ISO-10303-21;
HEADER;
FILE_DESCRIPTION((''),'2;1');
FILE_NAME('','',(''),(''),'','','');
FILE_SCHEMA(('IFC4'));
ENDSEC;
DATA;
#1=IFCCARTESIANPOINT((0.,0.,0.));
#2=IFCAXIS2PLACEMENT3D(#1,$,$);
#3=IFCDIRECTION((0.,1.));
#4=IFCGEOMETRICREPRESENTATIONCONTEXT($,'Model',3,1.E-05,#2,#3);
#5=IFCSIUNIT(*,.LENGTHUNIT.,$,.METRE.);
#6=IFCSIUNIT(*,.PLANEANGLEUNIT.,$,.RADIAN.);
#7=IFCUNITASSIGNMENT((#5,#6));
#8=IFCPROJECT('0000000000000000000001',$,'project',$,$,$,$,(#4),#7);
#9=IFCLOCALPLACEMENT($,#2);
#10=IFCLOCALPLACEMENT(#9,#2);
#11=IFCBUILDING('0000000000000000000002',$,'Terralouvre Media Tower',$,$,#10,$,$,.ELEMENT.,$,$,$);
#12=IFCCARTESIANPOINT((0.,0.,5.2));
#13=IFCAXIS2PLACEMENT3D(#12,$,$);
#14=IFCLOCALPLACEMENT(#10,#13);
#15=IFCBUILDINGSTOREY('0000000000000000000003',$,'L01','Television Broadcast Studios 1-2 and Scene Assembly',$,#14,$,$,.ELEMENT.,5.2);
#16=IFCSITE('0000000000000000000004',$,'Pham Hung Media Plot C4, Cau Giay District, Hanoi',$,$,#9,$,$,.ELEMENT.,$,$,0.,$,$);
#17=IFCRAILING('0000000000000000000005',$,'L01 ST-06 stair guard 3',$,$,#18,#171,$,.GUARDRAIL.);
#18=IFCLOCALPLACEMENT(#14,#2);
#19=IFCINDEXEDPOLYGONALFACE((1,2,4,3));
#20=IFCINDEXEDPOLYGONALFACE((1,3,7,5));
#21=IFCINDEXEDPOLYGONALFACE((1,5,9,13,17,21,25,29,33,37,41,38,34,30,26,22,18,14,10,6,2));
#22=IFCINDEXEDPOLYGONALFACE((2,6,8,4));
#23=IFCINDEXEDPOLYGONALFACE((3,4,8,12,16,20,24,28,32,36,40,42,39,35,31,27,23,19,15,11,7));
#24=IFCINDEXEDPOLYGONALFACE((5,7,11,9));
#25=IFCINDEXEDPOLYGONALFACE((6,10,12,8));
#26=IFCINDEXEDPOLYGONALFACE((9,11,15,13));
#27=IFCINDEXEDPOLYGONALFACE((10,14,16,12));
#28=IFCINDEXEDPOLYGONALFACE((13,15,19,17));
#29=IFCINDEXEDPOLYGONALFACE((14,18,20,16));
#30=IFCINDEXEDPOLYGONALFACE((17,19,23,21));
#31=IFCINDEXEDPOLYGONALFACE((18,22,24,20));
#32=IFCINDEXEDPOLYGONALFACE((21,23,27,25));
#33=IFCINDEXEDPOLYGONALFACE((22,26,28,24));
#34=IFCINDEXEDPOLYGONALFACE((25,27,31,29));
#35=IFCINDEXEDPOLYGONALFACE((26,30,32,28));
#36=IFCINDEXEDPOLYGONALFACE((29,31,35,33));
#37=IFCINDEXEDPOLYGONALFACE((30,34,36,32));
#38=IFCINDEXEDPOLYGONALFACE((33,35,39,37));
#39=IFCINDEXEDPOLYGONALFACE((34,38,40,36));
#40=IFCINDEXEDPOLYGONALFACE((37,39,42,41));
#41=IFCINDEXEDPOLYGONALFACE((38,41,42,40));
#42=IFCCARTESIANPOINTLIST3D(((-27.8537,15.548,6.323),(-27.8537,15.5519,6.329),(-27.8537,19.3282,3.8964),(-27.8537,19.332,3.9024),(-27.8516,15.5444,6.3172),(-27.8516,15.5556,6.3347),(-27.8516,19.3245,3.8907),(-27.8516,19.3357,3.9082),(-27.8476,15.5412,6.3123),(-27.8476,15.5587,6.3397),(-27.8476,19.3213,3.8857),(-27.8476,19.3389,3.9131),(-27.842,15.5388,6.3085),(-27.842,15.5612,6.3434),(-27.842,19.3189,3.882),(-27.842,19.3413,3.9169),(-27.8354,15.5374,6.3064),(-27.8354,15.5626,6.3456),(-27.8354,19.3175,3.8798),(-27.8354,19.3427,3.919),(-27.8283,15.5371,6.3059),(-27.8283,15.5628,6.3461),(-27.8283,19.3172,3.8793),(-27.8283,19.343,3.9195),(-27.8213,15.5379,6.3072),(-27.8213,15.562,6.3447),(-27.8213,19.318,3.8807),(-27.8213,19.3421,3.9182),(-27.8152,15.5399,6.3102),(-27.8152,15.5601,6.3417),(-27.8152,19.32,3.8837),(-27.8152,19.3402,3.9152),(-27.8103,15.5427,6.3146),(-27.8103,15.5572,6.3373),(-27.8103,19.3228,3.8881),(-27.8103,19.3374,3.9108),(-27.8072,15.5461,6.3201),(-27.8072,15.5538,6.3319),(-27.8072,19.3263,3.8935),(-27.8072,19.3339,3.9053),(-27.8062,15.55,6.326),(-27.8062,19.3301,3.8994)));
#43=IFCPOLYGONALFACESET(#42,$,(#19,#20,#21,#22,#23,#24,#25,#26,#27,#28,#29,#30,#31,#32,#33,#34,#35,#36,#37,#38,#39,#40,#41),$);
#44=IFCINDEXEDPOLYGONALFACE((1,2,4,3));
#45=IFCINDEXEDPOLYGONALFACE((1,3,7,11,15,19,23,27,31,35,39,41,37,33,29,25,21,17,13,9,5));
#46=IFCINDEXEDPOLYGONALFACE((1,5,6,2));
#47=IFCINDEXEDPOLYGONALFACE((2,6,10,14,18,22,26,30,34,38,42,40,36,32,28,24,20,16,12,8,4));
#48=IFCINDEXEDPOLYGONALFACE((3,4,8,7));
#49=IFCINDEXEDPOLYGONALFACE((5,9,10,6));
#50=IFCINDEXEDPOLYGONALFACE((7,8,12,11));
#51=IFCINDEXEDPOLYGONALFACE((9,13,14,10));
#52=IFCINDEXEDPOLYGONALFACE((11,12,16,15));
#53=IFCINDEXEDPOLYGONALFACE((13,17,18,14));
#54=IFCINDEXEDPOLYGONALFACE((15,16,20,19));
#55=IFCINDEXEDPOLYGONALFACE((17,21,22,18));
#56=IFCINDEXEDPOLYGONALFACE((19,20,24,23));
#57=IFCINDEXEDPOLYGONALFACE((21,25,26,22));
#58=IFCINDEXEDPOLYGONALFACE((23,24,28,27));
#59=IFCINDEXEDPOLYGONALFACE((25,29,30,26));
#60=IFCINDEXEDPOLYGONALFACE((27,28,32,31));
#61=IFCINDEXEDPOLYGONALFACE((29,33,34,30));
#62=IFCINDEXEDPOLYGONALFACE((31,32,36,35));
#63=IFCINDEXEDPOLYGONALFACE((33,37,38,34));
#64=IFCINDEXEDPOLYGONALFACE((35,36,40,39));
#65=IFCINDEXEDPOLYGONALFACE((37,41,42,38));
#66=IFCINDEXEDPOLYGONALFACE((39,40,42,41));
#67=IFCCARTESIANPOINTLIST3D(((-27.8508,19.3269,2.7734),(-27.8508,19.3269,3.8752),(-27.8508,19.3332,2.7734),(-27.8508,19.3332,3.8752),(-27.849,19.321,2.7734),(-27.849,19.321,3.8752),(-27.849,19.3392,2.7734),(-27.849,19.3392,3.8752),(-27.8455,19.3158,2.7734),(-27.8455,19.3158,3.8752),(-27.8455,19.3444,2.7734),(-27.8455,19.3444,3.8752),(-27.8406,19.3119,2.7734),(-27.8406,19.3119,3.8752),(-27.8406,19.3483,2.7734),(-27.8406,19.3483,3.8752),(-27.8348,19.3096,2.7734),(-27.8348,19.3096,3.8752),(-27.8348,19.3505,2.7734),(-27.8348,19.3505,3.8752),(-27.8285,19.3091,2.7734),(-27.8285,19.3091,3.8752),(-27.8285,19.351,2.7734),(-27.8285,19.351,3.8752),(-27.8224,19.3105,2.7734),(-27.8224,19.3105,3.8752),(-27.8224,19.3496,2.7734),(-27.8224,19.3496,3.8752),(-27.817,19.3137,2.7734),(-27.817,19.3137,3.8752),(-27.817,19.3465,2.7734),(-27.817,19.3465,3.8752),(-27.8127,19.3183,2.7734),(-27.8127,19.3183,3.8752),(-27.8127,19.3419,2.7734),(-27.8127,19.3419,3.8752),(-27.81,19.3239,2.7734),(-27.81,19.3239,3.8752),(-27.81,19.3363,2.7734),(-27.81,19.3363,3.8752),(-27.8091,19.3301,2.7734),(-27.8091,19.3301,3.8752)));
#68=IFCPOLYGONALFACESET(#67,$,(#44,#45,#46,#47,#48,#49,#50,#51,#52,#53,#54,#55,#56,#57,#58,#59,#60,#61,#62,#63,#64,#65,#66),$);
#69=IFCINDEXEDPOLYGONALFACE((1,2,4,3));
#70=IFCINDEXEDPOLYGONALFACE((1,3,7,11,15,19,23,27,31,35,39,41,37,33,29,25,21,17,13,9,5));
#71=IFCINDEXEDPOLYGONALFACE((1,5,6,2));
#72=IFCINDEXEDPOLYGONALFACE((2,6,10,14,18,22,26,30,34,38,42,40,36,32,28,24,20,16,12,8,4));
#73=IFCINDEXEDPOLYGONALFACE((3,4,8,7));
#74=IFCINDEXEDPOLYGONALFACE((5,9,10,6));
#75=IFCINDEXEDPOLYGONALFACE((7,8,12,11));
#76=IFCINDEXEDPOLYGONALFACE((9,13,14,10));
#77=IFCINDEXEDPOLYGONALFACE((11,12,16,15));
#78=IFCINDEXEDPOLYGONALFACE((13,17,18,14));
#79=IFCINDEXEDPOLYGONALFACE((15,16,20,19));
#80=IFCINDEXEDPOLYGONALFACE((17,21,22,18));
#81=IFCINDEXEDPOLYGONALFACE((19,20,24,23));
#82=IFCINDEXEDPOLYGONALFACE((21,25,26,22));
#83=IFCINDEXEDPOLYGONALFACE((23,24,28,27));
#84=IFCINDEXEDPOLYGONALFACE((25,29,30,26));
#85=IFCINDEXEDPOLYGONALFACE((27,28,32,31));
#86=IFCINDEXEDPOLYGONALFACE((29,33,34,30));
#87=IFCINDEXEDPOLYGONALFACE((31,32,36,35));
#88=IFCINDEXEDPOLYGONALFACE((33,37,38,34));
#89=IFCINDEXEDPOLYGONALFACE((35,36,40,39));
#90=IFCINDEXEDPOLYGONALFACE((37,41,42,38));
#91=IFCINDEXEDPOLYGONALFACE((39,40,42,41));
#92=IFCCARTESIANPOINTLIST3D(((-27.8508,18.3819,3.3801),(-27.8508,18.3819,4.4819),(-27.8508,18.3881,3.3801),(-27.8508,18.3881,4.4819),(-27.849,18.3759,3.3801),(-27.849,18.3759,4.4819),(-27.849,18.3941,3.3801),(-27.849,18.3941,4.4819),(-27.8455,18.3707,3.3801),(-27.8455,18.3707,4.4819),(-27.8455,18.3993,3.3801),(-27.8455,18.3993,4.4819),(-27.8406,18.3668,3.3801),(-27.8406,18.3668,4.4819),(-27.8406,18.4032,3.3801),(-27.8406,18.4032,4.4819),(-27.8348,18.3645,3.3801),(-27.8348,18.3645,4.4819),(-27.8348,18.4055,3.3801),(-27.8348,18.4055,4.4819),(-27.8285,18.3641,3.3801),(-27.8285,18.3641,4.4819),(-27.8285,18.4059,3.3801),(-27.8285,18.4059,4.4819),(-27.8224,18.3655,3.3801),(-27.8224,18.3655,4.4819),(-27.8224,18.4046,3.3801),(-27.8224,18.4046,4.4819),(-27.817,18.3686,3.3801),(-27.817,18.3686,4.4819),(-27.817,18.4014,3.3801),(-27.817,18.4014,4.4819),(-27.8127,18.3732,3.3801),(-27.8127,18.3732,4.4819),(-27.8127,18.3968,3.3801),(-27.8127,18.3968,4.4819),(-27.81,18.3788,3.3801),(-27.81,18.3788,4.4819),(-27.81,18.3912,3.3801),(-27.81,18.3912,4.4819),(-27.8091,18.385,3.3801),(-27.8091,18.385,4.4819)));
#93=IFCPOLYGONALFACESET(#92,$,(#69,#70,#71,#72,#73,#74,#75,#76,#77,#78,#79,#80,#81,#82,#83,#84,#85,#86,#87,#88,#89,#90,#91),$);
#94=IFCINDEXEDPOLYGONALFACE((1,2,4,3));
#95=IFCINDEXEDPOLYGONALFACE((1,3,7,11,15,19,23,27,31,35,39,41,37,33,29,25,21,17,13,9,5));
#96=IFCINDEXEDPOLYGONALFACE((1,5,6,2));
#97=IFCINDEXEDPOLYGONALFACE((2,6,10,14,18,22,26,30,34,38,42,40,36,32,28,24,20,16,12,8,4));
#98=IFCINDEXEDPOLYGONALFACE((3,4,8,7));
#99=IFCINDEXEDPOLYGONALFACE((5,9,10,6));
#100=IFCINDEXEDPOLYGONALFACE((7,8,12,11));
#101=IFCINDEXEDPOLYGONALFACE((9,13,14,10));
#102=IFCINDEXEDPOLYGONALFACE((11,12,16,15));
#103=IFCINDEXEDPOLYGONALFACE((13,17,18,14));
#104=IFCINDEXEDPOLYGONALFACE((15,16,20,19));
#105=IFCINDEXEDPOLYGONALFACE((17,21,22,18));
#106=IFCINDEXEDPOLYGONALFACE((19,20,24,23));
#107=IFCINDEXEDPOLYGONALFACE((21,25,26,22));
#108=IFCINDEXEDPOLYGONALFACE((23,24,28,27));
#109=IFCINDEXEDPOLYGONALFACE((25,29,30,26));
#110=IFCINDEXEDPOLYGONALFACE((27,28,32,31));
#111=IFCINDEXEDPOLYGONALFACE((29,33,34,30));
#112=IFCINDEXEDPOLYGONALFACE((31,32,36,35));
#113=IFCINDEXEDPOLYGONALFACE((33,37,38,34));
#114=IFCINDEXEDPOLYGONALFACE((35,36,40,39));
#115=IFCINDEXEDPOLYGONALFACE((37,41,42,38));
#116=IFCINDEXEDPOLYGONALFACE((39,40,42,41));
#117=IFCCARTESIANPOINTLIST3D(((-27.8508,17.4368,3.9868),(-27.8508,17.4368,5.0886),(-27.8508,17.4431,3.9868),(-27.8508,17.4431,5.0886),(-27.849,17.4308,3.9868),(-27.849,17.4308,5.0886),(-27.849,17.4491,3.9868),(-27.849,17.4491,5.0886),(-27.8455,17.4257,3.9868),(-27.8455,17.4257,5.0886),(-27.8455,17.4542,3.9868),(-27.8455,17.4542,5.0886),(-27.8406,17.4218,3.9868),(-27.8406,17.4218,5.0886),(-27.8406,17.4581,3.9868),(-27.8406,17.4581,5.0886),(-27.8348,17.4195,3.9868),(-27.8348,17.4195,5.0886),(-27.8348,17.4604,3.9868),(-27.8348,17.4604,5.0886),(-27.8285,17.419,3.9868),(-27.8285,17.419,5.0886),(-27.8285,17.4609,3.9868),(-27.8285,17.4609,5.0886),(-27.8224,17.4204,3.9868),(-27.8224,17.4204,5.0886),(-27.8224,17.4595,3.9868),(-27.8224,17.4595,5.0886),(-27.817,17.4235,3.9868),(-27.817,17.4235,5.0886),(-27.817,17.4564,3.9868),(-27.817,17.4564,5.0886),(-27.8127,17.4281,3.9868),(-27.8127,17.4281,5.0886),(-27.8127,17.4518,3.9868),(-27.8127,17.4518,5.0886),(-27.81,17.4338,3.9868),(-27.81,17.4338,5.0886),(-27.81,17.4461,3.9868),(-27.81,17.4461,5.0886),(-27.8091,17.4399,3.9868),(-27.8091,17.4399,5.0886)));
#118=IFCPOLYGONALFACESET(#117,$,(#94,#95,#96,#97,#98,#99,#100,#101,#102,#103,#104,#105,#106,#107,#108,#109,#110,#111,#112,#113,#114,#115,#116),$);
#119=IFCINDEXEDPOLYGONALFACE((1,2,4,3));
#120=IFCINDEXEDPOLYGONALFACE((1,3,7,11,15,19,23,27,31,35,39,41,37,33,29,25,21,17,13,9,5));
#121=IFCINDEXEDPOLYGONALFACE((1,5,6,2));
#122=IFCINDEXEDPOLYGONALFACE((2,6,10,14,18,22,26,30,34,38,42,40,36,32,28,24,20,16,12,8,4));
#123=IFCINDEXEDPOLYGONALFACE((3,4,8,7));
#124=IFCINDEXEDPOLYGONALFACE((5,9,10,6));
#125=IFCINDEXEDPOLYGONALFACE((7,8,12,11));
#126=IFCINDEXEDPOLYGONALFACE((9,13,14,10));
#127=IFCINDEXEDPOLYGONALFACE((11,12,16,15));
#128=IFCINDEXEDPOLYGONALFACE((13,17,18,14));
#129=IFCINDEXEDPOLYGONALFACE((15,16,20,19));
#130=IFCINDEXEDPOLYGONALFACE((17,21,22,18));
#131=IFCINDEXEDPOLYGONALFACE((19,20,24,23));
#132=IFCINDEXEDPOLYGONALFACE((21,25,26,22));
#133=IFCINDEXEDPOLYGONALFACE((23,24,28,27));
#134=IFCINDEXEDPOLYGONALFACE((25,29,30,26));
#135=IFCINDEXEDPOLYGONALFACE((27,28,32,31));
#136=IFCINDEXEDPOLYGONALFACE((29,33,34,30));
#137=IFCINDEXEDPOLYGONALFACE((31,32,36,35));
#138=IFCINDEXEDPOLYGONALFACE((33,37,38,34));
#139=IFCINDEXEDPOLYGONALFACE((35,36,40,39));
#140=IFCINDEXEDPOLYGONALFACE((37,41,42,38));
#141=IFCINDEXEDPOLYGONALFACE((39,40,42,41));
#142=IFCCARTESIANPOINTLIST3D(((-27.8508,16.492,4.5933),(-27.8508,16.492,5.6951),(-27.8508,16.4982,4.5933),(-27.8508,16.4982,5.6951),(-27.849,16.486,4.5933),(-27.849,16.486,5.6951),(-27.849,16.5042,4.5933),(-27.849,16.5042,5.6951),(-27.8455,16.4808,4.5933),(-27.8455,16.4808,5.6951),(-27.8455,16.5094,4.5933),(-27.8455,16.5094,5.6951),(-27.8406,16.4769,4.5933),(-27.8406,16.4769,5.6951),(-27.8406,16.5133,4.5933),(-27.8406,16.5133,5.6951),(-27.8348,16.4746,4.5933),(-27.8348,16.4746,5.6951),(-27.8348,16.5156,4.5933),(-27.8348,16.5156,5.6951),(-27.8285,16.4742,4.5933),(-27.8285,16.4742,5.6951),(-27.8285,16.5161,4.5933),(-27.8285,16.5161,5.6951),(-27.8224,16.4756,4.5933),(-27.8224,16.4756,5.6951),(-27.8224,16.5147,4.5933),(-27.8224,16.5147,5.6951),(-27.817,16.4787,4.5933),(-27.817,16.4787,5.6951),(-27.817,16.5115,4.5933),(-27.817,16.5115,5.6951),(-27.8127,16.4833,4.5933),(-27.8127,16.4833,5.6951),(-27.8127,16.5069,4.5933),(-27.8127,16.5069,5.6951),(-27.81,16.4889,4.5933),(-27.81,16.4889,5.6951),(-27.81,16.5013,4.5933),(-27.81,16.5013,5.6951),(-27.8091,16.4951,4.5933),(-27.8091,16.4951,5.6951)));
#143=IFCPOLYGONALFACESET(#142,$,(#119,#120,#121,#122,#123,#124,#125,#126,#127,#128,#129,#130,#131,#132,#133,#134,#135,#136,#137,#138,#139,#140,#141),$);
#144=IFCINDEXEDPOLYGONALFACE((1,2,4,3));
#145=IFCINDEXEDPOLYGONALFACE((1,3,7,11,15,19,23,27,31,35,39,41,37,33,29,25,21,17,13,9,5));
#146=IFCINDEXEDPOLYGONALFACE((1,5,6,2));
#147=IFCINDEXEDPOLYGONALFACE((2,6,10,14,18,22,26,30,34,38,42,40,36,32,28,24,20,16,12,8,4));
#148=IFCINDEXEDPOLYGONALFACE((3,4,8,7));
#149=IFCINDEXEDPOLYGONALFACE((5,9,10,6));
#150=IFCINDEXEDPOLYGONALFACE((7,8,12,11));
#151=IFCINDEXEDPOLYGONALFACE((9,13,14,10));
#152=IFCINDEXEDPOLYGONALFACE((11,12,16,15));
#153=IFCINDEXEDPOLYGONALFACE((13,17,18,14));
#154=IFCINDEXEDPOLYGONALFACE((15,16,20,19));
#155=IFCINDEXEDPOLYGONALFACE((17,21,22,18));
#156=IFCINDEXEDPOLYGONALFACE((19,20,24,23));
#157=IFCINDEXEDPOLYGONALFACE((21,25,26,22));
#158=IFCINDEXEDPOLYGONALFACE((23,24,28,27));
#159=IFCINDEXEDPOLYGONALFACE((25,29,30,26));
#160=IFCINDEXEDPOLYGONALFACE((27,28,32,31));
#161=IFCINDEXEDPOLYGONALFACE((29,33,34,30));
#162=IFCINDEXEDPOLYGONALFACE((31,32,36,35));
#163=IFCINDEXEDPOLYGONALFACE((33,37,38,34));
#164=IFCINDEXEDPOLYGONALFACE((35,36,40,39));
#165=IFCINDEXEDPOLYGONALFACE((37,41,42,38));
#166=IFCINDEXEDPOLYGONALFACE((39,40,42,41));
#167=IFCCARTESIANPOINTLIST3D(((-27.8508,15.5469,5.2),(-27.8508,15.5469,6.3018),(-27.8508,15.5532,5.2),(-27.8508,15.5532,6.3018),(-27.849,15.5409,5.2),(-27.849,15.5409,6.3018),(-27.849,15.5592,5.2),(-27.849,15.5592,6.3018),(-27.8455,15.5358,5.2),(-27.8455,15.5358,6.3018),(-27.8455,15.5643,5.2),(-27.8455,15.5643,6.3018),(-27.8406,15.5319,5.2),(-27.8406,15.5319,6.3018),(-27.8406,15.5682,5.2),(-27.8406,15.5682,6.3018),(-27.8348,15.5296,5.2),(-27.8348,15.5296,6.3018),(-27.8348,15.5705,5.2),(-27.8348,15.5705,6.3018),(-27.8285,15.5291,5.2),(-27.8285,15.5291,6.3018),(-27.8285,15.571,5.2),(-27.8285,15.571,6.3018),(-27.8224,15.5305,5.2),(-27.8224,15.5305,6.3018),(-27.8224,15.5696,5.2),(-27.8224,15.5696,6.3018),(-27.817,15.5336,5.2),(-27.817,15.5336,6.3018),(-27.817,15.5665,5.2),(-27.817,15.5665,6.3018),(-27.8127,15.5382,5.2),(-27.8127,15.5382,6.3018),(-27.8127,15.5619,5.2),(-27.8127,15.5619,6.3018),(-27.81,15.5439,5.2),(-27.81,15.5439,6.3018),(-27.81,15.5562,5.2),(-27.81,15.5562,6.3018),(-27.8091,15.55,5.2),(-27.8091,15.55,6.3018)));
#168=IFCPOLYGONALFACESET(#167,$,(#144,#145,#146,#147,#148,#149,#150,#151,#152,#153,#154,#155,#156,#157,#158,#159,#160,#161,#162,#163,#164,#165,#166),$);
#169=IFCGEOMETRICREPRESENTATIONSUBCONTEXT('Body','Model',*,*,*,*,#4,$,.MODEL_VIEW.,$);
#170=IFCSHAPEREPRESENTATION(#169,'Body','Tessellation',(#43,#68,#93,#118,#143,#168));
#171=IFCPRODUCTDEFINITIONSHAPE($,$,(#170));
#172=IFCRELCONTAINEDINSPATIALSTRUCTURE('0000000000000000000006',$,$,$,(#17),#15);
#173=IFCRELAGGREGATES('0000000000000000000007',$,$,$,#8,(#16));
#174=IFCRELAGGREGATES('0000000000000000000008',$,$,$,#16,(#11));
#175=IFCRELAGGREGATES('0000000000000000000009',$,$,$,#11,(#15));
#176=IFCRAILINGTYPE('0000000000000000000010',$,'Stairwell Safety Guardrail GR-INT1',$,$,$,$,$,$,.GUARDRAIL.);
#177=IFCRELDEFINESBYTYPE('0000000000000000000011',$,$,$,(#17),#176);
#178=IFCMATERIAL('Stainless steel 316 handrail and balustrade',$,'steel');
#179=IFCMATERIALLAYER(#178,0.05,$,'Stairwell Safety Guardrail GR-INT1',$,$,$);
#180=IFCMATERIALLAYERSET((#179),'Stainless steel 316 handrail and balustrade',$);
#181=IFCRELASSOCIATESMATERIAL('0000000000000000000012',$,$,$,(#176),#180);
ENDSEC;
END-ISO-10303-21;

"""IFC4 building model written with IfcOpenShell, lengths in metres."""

from ifc_helpers import new_model, si_unit, direction, frame, origin, origin_2d, place, context, subcontext, project, spatial, circle, extrude, material, layer, layer_set, type_object, element, save


model = new_model("IFC4")

# Units and contexts
model_context = context("Model", 3, precision=1e-05, world=origin(), true_north=direction((0.0, 1.0)))
body_context = subcontext(model_context, "Body", "Model", "MODEL_VIEW")
ifc_project = project(units=[si_unit("LENGTHUNIT", "METRE"), si_unit("PLANEANGLEUNIT", "RADIAN")], contexts=[model_context])

# Site, building, storey
site_placement = place(None, origin())
site = spatial("IfcSite", under=ifc_project, at=site_placement, Name="Pham Hung Media Plot C4, Cau Giay District, Hanoi", CompositionType="ELEMENT", RefElevation=0.0)
building_placement = place(site_placement, origin())
building = spatial("IfcBuilding", under=site, at=building_placement, Name="Terralouvre Media Tower", CompositionType="ELEMENT")
storey_placement = place(building_placement, frame((0.0, 0.0, 5.2)))
storey = spatial("IfcBuildingStorey", under=building, at=storey_placement, Name="L01", Description="Television Broadcast Studios 1-2 and Scene Assembly", CompositionType="ELEMENT", Elevation=5.2)

# Railing
ifc_material_1 = material(Name="Stainless steel 316 handrail and balustrade", Category="steel")
ifc_layer_1 = layer(ifc_material_1, 0.05, Name="Stairwell Safety Guardrail GR-INT1")
ifc_layer_set_1 = layer_set([ifc_layer_1], Name="Stainless steel 316 handrail and balustrade")
railing_type_1 = type_object("IfcRailingType", Name="Stairwell Safety Guardrail GR-INT1", PredefinedType="GUARDRAIL", material=ifc_layer_set_1)
railing_1_placement = place(storey_placement, frame((-27.8301, 19.3301, 2.7734)))
element("IfcRailing", 1, at=railing_1_placement, inside=storey, type_object=railing_type_1, Name="L01 ST-06 stair guard 3", PredefinedType="GUARDRAIL", context=body_context, shape_type="SweptSolid", body=[
    extrude(circle(Radius=0.0239, at=origin_2d()), frame((0.0, 0.0, 1.126), z_axis=(0.0, -0.841533, 0.540205), x_axis=(1.0, 0.0, 0.0)), (0.0, 0.0, 1.0), 4.4919),
    extrude(circle(Radius=0.021, at=origin_2d()), origin(), (0.0, 0.0, 1.0), 1.1018),
    extrude(circle(Radius=0.021, at=origin_2d()), frame((0.0, -0.9451, 0.6067)), (0.0, 0.0, 1.0), 1.1018),
    extrude(circle(Radius=0.021, at=origin_2d()), frame((0.0, -1.8901, 1.2134)), (0.0, 0.0, 1.0), 1.1018),
    extrude(circle(Radius=0.021, at=origin_2d()), frame((0.0, -2.835, 1.8198)), (0.0, 0.0, 1.0), 1.1018),
    extrude(circle(Radius=0.021, at=origin_2d()), frame((0.0, -3.78, 2.4265)), (0.0, 0.0, 1.0), 1.1018),
])

save(model, "model.ifc")
